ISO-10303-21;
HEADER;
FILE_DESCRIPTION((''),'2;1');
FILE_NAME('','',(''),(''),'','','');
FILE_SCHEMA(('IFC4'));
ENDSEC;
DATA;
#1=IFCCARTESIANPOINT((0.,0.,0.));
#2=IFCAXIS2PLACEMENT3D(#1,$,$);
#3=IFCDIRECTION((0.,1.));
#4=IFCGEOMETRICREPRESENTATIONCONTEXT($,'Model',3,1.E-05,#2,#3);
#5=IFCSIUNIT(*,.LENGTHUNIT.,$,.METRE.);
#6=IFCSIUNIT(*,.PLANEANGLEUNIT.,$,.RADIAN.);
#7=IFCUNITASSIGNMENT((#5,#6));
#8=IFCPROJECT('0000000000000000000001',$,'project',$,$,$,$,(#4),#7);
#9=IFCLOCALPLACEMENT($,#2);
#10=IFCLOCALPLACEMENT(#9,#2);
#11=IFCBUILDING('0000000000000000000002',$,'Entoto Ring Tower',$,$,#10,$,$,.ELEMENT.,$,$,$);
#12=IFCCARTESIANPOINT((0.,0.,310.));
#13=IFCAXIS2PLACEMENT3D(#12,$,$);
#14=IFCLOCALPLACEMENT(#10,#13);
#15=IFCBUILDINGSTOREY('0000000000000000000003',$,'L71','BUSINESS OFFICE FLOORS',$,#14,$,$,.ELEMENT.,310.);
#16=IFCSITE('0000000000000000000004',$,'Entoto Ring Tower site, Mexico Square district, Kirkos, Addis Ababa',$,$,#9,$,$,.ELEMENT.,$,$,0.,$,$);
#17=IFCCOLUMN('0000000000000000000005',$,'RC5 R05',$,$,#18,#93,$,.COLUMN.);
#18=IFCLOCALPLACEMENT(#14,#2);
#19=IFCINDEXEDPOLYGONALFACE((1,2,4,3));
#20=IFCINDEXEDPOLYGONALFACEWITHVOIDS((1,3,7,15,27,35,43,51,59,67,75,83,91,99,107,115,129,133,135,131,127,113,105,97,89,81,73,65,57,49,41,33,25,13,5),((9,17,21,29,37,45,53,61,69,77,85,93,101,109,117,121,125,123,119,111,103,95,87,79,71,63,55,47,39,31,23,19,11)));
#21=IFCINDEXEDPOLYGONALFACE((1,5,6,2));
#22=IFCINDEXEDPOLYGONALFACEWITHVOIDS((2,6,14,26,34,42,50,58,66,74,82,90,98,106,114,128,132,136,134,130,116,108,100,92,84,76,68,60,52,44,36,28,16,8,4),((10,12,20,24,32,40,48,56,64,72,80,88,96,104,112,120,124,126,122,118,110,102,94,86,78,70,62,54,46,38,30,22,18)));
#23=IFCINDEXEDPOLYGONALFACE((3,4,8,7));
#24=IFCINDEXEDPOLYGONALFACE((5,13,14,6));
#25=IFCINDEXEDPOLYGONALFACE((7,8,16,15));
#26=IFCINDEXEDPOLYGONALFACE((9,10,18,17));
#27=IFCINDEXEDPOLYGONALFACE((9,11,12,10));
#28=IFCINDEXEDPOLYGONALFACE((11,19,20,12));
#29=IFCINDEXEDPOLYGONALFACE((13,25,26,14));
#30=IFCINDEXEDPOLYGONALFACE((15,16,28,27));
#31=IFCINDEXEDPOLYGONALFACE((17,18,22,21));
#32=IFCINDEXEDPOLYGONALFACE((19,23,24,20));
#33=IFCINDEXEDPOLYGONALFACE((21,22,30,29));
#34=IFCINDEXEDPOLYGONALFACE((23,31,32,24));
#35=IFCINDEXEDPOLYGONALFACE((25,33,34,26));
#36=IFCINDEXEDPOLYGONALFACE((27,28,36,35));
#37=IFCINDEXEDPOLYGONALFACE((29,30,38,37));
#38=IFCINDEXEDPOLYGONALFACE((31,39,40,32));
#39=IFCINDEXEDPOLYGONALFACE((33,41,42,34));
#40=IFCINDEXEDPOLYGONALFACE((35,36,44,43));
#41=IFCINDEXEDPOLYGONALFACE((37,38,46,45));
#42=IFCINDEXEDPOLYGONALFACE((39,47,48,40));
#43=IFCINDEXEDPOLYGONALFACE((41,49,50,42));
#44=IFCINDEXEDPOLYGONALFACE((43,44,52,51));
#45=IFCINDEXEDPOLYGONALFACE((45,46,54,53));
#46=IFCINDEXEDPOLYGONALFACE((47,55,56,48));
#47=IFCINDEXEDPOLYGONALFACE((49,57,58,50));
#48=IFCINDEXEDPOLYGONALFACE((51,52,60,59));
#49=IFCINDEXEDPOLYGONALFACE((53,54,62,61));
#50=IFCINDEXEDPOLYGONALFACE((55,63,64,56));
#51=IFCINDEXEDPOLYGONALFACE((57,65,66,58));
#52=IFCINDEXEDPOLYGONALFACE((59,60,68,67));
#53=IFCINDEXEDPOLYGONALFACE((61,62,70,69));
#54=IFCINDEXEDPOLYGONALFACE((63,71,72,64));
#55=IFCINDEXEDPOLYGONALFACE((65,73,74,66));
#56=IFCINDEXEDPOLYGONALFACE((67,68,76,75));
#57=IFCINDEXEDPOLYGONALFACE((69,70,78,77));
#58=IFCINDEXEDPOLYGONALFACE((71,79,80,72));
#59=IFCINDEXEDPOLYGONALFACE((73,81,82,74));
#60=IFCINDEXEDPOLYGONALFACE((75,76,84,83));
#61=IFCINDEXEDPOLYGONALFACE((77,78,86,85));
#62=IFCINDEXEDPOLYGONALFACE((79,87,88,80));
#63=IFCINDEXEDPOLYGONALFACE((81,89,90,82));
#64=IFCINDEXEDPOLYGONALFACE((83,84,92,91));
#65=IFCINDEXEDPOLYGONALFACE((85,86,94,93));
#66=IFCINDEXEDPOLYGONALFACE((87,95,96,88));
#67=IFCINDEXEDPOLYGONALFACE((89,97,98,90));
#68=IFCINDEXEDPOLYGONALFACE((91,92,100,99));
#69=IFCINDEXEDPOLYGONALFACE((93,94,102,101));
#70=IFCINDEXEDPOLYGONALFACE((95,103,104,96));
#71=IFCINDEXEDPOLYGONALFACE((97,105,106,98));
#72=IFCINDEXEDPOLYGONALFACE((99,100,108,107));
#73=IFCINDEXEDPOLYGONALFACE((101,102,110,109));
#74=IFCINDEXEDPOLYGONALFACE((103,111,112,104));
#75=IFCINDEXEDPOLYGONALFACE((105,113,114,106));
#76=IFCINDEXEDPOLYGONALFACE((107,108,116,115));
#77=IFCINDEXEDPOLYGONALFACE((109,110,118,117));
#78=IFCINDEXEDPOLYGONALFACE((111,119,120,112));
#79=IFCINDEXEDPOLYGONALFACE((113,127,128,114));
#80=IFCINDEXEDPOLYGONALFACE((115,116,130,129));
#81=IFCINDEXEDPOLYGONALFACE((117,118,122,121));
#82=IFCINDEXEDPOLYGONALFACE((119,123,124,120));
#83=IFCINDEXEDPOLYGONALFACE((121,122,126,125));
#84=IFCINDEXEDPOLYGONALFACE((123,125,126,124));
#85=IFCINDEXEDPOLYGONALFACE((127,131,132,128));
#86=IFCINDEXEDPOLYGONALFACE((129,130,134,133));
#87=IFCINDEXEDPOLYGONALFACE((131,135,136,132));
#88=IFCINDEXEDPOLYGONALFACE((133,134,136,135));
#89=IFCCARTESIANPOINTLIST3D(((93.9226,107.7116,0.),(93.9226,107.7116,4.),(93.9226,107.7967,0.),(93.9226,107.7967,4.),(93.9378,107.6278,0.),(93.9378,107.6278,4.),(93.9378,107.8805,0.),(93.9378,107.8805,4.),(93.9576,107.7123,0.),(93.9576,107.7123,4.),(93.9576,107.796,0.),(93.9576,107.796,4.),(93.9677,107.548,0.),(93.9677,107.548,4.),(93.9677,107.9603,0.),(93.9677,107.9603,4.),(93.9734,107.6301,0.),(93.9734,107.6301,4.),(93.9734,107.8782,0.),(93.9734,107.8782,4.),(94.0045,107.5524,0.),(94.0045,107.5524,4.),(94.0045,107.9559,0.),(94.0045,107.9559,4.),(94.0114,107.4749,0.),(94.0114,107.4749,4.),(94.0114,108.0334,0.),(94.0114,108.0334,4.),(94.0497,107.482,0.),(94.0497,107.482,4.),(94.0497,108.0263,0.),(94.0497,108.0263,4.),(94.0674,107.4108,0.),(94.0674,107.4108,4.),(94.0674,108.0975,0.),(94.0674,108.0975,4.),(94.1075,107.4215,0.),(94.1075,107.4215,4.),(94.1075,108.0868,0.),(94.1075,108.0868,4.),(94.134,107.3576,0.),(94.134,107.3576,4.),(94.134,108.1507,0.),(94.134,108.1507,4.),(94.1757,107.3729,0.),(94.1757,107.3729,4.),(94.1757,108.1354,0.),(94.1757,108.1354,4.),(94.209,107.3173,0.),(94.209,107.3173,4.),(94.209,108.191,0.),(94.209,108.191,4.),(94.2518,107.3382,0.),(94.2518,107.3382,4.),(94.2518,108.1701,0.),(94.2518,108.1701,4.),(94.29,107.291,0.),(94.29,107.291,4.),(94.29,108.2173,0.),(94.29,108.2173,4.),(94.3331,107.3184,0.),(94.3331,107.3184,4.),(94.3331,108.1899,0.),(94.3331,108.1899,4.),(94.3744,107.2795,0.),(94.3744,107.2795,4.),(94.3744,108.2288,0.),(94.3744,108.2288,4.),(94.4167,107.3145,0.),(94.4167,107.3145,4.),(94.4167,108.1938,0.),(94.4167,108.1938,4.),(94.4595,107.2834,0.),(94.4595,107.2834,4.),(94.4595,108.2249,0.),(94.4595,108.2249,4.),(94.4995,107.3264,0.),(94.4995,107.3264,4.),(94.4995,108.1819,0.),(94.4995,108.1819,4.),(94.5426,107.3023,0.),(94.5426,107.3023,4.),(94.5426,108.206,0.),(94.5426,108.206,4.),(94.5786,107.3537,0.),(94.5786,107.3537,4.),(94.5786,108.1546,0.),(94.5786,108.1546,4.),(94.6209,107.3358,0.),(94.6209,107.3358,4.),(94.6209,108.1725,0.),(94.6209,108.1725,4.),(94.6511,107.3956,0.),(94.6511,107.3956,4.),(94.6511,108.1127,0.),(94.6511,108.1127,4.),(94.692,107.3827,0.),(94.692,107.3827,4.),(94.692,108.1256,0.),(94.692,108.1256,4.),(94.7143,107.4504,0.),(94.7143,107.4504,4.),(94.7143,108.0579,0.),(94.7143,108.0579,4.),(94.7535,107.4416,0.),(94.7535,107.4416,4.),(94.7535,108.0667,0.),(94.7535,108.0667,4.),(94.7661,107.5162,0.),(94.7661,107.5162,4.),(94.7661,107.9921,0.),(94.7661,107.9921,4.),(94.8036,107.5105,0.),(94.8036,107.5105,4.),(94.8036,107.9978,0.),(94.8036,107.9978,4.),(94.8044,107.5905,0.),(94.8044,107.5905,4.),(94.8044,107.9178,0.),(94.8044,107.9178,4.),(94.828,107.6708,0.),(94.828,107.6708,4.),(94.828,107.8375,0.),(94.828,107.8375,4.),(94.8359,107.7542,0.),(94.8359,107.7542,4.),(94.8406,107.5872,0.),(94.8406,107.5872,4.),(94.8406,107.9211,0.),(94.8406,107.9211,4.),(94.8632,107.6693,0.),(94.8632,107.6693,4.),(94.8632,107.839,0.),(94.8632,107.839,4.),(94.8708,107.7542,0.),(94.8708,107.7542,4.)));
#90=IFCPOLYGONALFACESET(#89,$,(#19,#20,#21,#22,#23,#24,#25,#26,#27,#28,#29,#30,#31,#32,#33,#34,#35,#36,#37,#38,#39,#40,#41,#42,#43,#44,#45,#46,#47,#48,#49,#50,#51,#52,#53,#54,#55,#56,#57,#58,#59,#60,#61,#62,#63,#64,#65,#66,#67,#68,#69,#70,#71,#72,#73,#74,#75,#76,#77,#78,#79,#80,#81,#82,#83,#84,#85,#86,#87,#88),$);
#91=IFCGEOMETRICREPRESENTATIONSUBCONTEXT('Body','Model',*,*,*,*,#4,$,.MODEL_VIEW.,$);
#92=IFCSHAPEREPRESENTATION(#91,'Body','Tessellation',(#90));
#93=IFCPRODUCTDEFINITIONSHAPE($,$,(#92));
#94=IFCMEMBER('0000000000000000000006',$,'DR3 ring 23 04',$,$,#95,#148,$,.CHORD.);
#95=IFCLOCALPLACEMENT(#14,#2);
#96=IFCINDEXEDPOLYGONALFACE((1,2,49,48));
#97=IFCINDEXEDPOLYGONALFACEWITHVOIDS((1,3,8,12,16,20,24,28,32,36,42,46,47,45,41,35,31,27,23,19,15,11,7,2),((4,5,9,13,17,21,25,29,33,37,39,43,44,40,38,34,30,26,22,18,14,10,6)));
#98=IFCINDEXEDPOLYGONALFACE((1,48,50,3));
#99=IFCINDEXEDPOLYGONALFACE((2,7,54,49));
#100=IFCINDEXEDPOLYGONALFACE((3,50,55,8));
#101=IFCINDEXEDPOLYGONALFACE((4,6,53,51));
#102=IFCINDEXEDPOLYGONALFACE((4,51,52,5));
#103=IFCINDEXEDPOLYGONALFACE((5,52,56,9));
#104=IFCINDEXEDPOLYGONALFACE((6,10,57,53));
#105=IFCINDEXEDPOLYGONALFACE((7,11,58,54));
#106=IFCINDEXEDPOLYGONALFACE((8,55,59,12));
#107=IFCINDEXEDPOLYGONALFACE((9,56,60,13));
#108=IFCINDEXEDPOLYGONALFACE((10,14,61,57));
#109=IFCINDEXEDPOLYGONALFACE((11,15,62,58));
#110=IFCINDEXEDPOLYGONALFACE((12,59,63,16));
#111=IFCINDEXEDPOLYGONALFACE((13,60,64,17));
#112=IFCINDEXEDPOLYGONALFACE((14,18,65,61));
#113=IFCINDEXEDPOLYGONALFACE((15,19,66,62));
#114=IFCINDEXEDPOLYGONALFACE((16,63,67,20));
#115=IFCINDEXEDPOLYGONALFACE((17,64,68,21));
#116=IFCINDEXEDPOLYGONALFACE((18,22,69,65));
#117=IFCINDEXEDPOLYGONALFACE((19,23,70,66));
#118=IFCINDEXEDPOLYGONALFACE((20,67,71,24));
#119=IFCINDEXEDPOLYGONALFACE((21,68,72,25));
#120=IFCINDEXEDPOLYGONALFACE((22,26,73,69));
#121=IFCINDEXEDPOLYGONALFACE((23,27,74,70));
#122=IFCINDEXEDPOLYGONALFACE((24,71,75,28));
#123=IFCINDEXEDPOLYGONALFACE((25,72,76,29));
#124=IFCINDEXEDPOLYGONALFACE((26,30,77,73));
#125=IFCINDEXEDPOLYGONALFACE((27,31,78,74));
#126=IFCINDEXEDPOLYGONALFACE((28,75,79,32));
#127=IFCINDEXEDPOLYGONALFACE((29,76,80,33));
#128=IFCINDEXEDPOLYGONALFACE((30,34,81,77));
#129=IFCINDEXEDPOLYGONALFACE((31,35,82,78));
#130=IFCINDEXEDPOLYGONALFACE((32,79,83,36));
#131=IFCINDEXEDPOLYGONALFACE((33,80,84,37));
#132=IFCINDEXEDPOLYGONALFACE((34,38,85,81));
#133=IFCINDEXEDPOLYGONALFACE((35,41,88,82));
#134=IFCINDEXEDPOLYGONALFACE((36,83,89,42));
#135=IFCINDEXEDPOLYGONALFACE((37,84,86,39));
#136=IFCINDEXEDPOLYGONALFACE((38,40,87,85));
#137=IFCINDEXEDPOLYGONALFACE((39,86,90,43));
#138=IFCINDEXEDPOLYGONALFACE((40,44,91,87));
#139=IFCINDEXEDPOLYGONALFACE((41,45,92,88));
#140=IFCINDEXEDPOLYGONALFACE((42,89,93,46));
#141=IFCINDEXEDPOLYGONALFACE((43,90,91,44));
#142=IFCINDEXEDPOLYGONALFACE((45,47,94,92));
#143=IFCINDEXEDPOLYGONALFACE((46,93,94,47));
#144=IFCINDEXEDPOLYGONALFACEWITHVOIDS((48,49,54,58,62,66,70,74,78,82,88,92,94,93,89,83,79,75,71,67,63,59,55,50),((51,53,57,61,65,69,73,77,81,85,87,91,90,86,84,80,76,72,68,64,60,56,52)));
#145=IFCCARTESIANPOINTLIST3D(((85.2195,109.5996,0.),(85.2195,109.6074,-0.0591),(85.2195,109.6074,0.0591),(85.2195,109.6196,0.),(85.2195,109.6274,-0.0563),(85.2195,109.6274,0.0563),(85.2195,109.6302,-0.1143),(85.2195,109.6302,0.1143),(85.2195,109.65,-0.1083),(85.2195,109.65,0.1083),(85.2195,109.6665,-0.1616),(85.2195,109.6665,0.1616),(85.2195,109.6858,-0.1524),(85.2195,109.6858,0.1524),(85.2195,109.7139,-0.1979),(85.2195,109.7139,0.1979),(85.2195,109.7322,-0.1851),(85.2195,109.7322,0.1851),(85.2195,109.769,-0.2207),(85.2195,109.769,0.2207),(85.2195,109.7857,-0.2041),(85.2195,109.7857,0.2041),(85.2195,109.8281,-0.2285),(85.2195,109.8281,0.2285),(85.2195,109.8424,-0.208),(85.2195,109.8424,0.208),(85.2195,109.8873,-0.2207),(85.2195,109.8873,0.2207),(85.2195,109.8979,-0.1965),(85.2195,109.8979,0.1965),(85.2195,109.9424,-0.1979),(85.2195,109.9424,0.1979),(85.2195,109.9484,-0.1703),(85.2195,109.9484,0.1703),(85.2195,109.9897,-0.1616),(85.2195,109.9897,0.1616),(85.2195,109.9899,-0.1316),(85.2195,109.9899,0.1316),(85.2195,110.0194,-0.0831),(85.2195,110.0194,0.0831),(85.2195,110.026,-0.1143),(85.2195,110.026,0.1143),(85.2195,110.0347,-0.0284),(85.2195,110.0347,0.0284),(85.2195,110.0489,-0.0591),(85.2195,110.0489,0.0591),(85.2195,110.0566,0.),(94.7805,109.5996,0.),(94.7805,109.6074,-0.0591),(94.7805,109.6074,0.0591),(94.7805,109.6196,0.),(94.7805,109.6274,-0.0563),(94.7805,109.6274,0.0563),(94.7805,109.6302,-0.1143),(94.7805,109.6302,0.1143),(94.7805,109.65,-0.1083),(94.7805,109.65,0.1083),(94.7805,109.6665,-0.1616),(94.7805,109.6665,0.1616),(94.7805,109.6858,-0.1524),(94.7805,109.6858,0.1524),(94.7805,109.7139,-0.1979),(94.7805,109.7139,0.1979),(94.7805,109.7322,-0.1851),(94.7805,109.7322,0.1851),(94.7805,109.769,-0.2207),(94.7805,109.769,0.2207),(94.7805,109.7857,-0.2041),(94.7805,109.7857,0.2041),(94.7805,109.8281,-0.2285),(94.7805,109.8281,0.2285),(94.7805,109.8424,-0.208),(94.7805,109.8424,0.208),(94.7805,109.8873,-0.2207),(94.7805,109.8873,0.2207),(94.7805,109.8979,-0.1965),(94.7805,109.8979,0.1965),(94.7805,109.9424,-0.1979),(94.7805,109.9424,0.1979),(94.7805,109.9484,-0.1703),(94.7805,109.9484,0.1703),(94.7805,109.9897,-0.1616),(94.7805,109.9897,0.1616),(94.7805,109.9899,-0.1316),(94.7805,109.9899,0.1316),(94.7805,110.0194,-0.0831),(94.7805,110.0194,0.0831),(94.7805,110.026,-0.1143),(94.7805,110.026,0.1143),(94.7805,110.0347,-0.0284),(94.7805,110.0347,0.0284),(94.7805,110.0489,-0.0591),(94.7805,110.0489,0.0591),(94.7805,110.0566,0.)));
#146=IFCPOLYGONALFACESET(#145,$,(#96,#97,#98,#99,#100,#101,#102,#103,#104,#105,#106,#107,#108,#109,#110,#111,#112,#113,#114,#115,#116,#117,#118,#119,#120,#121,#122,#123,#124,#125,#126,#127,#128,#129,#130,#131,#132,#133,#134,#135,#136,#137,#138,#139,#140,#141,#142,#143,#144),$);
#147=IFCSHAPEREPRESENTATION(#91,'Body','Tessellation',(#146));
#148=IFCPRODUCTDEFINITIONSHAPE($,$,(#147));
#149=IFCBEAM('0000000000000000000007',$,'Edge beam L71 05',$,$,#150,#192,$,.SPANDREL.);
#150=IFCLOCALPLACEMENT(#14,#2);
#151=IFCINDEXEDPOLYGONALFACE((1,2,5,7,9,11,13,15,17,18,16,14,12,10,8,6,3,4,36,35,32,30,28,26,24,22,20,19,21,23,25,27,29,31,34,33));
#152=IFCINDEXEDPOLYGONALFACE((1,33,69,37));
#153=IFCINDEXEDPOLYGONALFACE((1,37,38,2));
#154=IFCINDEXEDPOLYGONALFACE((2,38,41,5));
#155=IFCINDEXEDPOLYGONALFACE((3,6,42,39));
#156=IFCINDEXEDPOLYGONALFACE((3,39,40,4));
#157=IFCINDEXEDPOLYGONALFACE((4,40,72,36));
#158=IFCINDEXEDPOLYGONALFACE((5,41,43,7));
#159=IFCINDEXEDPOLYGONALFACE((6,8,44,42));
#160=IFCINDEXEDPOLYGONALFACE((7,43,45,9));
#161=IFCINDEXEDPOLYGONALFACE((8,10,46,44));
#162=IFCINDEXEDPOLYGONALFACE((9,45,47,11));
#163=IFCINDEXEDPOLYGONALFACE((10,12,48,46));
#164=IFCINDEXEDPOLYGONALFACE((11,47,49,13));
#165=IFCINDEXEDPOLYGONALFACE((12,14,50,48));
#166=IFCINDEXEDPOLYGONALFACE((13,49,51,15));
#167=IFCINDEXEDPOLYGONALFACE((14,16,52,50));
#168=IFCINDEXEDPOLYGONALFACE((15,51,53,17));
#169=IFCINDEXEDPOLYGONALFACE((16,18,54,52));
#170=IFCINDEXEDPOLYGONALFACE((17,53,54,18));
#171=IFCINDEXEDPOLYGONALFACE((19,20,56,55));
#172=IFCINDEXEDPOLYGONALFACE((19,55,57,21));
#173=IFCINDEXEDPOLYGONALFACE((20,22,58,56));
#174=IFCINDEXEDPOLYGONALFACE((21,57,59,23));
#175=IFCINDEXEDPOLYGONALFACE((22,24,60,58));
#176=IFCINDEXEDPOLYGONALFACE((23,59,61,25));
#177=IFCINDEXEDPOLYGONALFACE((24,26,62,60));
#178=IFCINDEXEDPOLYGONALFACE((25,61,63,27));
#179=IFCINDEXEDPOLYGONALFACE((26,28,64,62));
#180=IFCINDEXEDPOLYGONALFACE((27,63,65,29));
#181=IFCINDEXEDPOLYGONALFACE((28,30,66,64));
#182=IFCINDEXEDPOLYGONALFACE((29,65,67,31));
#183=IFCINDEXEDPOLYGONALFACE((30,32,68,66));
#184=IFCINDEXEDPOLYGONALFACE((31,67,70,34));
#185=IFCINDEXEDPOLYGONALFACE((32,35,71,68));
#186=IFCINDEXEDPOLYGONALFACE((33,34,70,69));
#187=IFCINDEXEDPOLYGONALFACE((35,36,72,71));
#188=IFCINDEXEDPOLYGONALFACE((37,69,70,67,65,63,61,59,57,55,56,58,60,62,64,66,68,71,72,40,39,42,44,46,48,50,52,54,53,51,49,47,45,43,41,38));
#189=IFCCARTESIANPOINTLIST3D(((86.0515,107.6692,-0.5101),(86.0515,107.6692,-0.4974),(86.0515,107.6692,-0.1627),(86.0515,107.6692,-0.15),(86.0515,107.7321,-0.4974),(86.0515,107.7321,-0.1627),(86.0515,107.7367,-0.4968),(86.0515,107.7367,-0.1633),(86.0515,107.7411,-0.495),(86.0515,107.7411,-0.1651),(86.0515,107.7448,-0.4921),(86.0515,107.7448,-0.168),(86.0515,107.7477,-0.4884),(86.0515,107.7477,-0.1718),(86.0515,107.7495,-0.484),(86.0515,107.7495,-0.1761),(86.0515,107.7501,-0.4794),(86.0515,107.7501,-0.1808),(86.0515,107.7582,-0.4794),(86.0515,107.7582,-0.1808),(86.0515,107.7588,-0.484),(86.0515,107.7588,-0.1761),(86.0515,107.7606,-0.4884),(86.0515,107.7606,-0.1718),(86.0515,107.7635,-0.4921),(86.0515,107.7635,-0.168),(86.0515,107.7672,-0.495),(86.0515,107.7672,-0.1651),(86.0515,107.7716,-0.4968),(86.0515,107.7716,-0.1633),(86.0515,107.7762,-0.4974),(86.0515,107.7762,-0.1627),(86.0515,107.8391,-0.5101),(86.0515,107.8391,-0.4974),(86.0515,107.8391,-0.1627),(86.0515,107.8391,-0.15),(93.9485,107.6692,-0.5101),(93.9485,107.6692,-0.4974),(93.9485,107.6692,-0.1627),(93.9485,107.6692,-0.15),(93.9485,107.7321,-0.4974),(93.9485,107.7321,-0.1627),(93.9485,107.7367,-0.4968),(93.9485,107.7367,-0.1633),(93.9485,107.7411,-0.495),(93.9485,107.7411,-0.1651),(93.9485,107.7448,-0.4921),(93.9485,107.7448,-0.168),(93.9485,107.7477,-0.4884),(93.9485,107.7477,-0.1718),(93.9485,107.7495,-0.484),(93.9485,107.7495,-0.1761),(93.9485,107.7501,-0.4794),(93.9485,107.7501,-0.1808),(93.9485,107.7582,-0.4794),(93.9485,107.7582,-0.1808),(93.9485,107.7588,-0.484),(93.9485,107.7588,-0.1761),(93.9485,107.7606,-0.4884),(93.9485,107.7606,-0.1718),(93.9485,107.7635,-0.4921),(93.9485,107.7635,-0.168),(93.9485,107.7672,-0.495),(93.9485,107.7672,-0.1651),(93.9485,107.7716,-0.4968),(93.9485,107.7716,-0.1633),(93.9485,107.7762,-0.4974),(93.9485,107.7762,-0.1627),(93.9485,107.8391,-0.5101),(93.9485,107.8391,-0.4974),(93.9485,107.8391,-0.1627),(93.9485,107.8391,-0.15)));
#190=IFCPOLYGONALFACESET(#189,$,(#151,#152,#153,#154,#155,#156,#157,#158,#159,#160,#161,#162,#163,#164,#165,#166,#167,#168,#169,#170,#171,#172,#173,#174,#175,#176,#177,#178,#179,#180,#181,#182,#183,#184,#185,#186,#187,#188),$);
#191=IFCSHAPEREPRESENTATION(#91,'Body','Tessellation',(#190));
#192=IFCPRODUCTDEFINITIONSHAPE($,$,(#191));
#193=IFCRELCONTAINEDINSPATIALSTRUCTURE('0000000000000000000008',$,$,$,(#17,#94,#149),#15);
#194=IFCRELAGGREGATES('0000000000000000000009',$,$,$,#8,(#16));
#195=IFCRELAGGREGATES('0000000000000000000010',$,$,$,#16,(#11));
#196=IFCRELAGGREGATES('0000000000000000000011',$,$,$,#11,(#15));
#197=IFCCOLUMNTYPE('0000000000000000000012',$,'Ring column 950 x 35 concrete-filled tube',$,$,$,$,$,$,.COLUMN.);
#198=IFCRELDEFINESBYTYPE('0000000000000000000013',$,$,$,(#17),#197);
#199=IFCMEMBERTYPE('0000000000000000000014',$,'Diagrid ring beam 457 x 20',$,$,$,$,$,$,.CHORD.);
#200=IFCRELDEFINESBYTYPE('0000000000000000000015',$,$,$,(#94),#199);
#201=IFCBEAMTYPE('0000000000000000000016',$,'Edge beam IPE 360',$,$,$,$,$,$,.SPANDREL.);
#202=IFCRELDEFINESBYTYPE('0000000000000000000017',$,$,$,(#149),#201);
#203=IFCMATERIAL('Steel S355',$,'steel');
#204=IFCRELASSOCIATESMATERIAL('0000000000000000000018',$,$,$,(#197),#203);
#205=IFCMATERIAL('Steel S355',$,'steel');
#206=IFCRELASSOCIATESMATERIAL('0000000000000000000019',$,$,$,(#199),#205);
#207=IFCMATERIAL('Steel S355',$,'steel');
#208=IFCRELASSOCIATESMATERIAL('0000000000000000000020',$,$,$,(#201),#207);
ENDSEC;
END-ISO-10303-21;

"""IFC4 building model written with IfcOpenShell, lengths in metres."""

from ifc_helpers import new_model, si_unit, direction, frame, origin, origin_2d, place, context, subcontext, project, spatial, circle, hollow_circle, i_section, extrude, material, material_profile, profile_set, type_object, element, save


model = new_model("IFC4")

# Units and contexts
model_context = context("Model", 3, precision=1e-05, world=origin(), true_north=direction((0.0, 1.0)))
body_context = subcontext(model_context, "Body", "Model", "MODEL_VIEW")
ifc_project = project(units=[si_unit("LENGTHUNIT", "METRE"), si_unit("PLANEANGLEUNIT", "RADIAN")], contexts=[model_context])

# Site, building, storey
site_placement = place(None, origin())
site = spatial("IfcSite", under=ifc_project, at=site_placement, Name="Entoto Ring Tower site, Mexico Square district, Kirkos, Addis Ababa", CompositionType="ELEMENT", RefElevation=0.0)
building_placement = place(site_placement, origin())
building = spatial("IfcBuilding", under=site, at=building_placement, Name="Entoto Ring Tower", CompositionType="ELEMENT")
storey_placement = place(building_placement, frame((0.0, 0.0, 310.0)))
storey = spatial("IfcBuildingStorey", under=building, at=storey_placement, Name="L71", Description="BUSINESS OFFICE FLOORS", CompositionType="ELEMENT", Elevation=310.0)

# Column
ifc_material_1 = material(Name="Steel S355", Category="steel")
ifc_material_profile_1 = material_profile(ifc_material_1, hollow_circle(Radius=0.4751, WallThickness=0.0349, at=origin_2d()), Name="CHS 950 x 35")
ifc_material_2 = material(Name="Concrete C60/75", Category="concrete")
ifc_material_profile_2 = material_profile(ifc_material_2, circle(Radius=0.4399, at=origin_2d()), Name="Concrete C60/75 infill")
ifc_profile_set_1 = profile_set([ifc_material_profile_1, ifc_material_profile_2], Name="Steel S355")
column_type = type_object("IfcColumnType", Name="Ring column 950 x 35 concrete-filled tube", PredefinedType="COLUMN", material=ifc_profile_set_1)
column_placement = place(storey_placement, frame((94.3958, 107.7542, 0.0), z_axis=(0.0, 0.0, 1.0), x_axis=(1.0, 0.0, 0.0)))
element("IfcColumn", 1, at=column_placement, inside=storey, type_object=column_type, Name="RC5 R05", PredefinedType="COLUMN", context=body_context, shape_type="SweptSolid", body=[
    extrude(hollow_circle(Radius=0.4751, WallThickness=0.0349, at=origin_2d()), origin(), (0.0, 0.0, 1.0), 4.0),
])

# Member
ifc_material_3 = material(Name="Steel S355", Category="steel")
ifc_material_profile_3 = material_profile(ifc_material_3, hollow_circle(Radius=0.2285, WallThickness=0.02, at=origin_2d()), Name="CHS 457 x 20")
ifc_material_4 = material(Name="Concrete C60/75", Category="concrete")
ifc_material_profile_4 = material_profile(ifc_material_4, circle(Radius=0.2085, at=origin_2d()), Name="Concrete C60/75 infill")
ifc_profile_set_2 = profile_set([ifc_material_profile_3, ifc_material_profile_4], Name="Steel S355")
member_type = type_object("IfcMemberType", Name="Diagrid ring beam 457 x 20", PredefinedType="CHORD", material=ifc_profile_set_2)
member_placement = place(storey_placement, frame((94.7805, 109.8281, 0.0), z_axis=(-1.0, 0.0, 0.0), x_axis=(0.0, -1.0, 0.0)))
element("IfcMember", 2, at=member_placement, inside=storey, type_object=member_type, Name="DR3 ring 23 04", PredefinedType="CHORD", context=body_context, shape_type="SweptSolid", body=[
    extrude(hollow_circle(Radius=0.2285, WallThickness=0.02, at=origin_2d()), origin(), (0.0, 0.0, 1.0), 9.561),
])

# Beam
ifc_material_5 = material(Name="Steel S355", Category="steel")
ifc_material_profile_5 = material_profile(ifc_material_5, i_section(OverallWidth=0.1699, OverallDepth=0.3601, WebThickness=0.0081, FlangeThickness=0.0127, FilletRadius=0.0181, at=origin_2d()), Name="IPE 360")
ifc_profile_set_3 = profile_set([ifc_material_profile_5], Name="Steel S355")
beam_type_1 = type_object("IfcBeamType", Name="Edge beam IPE 360", PredefinedType="SPANDREL", material=ifc_profile_set_3)
beam_1_placement = place(storey_placement, frame((93.9485, 107.7542, -0.3301), z_axis=(-1.0, 0.0, 0.0), x_axis=(0.0, -1.0, 0.0)))
element("IfcBeam", 3, at=beam_1_placement, inside=storey, type_object=beam_type_1, Name="Edge beam L71 05", PredefinedType="SPANDREL", context=body_context, shape_type="SweptSolid", body=[
    extrude(i_section(OverallWidth=0.1699, OverallDepth=0.3601, WebThickness=0.0081, FlangeThickness=0.0127, FilletRadius=0.0181, at=origin_2d()), origin(), (0.0, 0.0, 1.0), 7.897),
])

save(model, "model.ifc")
